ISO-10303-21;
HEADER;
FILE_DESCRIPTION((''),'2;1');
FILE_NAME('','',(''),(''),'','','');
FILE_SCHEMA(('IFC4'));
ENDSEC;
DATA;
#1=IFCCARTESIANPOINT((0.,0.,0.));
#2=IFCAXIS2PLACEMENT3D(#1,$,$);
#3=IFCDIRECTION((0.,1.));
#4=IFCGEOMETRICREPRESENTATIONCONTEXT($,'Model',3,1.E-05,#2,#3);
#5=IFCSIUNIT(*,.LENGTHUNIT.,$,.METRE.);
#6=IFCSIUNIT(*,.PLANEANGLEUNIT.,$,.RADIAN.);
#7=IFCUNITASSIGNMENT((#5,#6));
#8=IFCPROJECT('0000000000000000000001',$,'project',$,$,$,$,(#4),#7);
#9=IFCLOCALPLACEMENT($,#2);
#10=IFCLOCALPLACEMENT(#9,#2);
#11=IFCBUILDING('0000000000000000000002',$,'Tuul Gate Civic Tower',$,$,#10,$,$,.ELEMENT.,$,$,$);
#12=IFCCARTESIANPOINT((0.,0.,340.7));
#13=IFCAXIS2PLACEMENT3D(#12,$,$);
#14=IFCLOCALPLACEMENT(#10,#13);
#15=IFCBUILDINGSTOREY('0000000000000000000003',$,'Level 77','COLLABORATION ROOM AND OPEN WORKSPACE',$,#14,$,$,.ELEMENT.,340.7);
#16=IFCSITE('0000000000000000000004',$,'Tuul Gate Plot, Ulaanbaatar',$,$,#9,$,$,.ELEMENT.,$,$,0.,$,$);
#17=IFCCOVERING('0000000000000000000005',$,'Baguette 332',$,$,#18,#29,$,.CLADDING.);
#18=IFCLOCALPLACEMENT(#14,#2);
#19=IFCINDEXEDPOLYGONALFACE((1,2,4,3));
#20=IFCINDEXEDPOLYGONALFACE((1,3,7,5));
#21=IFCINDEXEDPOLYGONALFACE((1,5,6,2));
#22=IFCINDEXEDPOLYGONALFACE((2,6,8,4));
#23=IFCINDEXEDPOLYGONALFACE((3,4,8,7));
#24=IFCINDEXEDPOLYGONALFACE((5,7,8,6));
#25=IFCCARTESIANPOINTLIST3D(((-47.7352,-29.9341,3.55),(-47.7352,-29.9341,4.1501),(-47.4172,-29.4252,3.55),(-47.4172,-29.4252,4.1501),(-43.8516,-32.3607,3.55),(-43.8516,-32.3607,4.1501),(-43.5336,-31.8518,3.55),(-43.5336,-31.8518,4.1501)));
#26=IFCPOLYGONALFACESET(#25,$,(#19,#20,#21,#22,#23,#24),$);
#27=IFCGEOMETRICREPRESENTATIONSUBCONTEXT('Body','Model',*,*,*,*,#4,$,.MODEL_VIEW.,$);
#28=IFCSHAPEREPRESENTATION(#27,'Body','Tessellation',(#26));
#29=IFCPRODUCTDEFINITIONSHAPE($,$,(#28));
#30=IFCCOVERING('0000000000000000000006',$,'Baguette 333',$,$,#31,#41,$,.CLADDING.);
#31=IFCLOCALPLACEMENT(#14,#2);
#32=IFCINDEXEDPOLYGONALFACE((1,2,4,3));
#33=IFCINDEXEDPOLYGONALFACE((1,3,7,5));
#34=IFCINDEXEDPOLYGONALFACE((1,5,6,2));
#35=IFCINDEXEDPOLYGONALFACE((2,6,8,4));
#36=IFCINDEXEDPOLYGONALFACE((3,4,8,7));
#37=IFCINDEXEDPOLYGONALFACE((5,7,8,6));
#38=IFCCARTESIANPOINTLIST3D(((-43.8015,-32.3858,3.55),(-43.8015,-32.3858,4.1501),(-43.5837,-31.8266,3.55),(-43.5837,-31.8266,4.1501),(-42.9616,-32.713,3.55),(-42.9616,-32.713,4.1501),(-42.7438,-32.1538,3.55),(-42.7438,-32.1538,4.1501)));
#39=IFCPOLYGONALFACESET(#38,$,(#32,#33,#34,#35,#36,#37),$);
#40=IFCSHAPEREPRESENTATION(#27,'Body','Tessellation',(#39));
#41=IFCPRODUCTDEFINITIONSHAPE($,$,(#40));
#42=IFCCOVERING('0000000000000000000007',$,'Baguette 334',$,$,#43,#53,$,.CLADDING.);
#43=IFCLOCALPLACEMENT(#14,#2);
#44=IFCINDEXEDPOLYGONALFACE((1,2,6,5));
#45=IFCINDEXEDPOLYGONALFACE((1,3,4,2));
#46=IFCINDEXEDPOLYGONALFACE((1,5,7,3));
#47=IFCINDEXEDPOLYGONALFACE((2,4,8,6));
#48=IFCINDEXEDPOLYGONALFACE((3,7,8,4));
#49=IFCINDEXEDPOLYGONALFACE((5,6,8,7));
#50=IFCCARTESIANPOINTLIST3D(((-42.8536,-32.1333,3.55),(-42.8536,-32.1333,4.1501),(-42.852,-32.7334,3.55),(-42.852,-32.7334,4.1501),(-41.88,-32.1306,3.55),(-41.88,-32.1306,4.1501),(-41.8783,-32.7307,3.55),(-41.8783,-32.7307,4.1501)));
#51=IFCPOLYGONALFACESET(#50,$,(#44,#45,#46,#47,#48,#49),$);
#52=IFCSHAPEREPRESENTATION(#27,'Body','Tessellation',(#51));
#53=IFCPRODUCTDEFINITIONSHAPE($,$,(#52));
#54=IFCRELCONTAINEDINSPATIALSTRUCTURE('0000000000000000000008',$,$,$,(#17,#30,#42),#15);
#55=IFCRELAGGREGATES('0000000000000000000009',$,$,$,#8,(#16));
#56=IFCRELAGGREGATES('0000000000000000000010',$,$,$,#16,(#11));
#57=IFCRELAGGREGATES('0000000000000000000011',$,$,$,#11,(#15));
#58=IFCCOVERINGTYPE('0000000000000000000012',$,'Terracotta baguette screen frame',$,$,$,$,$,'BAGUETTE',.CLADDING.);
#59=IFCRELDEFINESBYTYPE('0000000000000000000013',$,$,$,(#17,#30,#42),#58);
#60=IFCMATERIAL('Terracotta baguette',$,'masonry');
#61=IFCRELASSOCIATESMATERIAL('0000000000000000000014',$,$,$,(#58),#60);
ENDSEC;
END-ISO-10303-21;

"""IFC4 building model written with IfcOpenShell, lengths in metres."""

from ifc_helpers import new_model, si_unit, direction, frame, origin, origin_2d, place, context, subcontext, project, spatial, rectangle, extrude, material, material_profile, profile_set, type_object, element, save


model = new_model("IFC4")

# Units and contexts
model_context = context("Model", 3, precision=1e-05, world=origin(), true_north=direction((0.0, 1.0)))
body_context = subcontext(model_context, "Body", "Model", "MODEL_VIEW")
ifc_project = project(units=[si_unit("LENGTHUNIT", "METRE"), si_unit("PLANEANGLEUNIT", "RADIAN")], contexts=[model_context])

# Site, building, storey
site_placement = place(None, origin())
site = spatial("IfcSite", under=ifc_project, at=site_placement, Name="Tuul Gate Plot, Ulaanbaatar", CompositionType="ELEMENT", RefElevation=0.0)
building_placement = place(site_placement, origin())
building = spatial("IfcBuilding", under=site, at=building_placement, Name="Tuul Gate Civic Tower", CompositionType="ELEMENT")
storey_placement = place(building_placement, frame((0.0, 0.0, 340.7)))
storey = spatial("IfcBuildingStorey", under=building, at=storey_placement, Name="Level 77", Description="COLLABORATION ROOM AND OPEN WORKSPACE", CompositionType="ELEMENT", Elevation=340.7)

# Coverings
ifc_material_1 = material(Name="Terracotta baguette", Category="masonry")
ifc_material_profile_1 = material_profile(ifc_material_1, rectangle(XDim=0.6001, YDim=0.6001, at=origin_2d()), Name="Terracotta baguette screen frame")
ifc_profile_set_1 = profile_set([ifc_material_profile_1], Name="Terracotta baguette")
covering_type = type_object("IfcCoveringType", Name="Terracotta baguette screen frame", ElementType="BAGUETTE", PredefinedType="CLADDING", material=ifc_profile_set_1)
covering_1_placement = place(storey_placement, frame((-47.5762, -29.6797, 3.8501), z_axis=(0.848067, -0.529889, 0.0), x_axis=(0.529889, 0.848067, 0.0)))
element("IfcCovering", 1, at=covering_1_placement, inside=storey, type_object=covering_type, Name="Baguette 332", PredefinedType="CLADDING", context=body_context, shape_type="SweptSolid", body=[
    extrude(rectangle(XDim=0.6001, YDim=0.6001, at=origin_2d()), origin(), (0.0, 0.0, 1.0), 4.5793),
])
covering_2_placement = place(storey_placement, frame((-43.6926, -32.1062, 3.8501), z_axis=(0.931801, -0.362969, 0.0), x_axis=(0.362969, 0.931801, 0.0)))
element("IfcCovering", 2, at=covering_2_placement, inside=storey, type_object=covering_type, Name="Baguette 333", PredefinedType="CLADDING", context=body_context, shape_type="SweptSolid", body=[
    extrude(rectangle(XDim=0.6001, YDim=0.6001, at=origin_2d()), origin(), (0.0, 0.0, 1.0), 0.9014),
])
covering_3_placement = place(storey_placement, frame((-42.8528, -32.4333, 3.8501), z_axis=(0.999996, 0.002758, 0.0), x_axis=(-0.002758, 0.999996, 0.0)))
element("IfcCovering", 3, at=covering_3_placement, inside=storey, type_object=covering_type, Name="Baguette 334", PredefinedType="CLADDING", context=body_context, shape_type="SweptSolid", body=[
    extrude(rectangle(XDim=0.6001, YDim=0.6001, at=origin_2d()), origin(), (0.0, 0.0, 1.0), 0.9736),
])

save(model, "model.ifc")
